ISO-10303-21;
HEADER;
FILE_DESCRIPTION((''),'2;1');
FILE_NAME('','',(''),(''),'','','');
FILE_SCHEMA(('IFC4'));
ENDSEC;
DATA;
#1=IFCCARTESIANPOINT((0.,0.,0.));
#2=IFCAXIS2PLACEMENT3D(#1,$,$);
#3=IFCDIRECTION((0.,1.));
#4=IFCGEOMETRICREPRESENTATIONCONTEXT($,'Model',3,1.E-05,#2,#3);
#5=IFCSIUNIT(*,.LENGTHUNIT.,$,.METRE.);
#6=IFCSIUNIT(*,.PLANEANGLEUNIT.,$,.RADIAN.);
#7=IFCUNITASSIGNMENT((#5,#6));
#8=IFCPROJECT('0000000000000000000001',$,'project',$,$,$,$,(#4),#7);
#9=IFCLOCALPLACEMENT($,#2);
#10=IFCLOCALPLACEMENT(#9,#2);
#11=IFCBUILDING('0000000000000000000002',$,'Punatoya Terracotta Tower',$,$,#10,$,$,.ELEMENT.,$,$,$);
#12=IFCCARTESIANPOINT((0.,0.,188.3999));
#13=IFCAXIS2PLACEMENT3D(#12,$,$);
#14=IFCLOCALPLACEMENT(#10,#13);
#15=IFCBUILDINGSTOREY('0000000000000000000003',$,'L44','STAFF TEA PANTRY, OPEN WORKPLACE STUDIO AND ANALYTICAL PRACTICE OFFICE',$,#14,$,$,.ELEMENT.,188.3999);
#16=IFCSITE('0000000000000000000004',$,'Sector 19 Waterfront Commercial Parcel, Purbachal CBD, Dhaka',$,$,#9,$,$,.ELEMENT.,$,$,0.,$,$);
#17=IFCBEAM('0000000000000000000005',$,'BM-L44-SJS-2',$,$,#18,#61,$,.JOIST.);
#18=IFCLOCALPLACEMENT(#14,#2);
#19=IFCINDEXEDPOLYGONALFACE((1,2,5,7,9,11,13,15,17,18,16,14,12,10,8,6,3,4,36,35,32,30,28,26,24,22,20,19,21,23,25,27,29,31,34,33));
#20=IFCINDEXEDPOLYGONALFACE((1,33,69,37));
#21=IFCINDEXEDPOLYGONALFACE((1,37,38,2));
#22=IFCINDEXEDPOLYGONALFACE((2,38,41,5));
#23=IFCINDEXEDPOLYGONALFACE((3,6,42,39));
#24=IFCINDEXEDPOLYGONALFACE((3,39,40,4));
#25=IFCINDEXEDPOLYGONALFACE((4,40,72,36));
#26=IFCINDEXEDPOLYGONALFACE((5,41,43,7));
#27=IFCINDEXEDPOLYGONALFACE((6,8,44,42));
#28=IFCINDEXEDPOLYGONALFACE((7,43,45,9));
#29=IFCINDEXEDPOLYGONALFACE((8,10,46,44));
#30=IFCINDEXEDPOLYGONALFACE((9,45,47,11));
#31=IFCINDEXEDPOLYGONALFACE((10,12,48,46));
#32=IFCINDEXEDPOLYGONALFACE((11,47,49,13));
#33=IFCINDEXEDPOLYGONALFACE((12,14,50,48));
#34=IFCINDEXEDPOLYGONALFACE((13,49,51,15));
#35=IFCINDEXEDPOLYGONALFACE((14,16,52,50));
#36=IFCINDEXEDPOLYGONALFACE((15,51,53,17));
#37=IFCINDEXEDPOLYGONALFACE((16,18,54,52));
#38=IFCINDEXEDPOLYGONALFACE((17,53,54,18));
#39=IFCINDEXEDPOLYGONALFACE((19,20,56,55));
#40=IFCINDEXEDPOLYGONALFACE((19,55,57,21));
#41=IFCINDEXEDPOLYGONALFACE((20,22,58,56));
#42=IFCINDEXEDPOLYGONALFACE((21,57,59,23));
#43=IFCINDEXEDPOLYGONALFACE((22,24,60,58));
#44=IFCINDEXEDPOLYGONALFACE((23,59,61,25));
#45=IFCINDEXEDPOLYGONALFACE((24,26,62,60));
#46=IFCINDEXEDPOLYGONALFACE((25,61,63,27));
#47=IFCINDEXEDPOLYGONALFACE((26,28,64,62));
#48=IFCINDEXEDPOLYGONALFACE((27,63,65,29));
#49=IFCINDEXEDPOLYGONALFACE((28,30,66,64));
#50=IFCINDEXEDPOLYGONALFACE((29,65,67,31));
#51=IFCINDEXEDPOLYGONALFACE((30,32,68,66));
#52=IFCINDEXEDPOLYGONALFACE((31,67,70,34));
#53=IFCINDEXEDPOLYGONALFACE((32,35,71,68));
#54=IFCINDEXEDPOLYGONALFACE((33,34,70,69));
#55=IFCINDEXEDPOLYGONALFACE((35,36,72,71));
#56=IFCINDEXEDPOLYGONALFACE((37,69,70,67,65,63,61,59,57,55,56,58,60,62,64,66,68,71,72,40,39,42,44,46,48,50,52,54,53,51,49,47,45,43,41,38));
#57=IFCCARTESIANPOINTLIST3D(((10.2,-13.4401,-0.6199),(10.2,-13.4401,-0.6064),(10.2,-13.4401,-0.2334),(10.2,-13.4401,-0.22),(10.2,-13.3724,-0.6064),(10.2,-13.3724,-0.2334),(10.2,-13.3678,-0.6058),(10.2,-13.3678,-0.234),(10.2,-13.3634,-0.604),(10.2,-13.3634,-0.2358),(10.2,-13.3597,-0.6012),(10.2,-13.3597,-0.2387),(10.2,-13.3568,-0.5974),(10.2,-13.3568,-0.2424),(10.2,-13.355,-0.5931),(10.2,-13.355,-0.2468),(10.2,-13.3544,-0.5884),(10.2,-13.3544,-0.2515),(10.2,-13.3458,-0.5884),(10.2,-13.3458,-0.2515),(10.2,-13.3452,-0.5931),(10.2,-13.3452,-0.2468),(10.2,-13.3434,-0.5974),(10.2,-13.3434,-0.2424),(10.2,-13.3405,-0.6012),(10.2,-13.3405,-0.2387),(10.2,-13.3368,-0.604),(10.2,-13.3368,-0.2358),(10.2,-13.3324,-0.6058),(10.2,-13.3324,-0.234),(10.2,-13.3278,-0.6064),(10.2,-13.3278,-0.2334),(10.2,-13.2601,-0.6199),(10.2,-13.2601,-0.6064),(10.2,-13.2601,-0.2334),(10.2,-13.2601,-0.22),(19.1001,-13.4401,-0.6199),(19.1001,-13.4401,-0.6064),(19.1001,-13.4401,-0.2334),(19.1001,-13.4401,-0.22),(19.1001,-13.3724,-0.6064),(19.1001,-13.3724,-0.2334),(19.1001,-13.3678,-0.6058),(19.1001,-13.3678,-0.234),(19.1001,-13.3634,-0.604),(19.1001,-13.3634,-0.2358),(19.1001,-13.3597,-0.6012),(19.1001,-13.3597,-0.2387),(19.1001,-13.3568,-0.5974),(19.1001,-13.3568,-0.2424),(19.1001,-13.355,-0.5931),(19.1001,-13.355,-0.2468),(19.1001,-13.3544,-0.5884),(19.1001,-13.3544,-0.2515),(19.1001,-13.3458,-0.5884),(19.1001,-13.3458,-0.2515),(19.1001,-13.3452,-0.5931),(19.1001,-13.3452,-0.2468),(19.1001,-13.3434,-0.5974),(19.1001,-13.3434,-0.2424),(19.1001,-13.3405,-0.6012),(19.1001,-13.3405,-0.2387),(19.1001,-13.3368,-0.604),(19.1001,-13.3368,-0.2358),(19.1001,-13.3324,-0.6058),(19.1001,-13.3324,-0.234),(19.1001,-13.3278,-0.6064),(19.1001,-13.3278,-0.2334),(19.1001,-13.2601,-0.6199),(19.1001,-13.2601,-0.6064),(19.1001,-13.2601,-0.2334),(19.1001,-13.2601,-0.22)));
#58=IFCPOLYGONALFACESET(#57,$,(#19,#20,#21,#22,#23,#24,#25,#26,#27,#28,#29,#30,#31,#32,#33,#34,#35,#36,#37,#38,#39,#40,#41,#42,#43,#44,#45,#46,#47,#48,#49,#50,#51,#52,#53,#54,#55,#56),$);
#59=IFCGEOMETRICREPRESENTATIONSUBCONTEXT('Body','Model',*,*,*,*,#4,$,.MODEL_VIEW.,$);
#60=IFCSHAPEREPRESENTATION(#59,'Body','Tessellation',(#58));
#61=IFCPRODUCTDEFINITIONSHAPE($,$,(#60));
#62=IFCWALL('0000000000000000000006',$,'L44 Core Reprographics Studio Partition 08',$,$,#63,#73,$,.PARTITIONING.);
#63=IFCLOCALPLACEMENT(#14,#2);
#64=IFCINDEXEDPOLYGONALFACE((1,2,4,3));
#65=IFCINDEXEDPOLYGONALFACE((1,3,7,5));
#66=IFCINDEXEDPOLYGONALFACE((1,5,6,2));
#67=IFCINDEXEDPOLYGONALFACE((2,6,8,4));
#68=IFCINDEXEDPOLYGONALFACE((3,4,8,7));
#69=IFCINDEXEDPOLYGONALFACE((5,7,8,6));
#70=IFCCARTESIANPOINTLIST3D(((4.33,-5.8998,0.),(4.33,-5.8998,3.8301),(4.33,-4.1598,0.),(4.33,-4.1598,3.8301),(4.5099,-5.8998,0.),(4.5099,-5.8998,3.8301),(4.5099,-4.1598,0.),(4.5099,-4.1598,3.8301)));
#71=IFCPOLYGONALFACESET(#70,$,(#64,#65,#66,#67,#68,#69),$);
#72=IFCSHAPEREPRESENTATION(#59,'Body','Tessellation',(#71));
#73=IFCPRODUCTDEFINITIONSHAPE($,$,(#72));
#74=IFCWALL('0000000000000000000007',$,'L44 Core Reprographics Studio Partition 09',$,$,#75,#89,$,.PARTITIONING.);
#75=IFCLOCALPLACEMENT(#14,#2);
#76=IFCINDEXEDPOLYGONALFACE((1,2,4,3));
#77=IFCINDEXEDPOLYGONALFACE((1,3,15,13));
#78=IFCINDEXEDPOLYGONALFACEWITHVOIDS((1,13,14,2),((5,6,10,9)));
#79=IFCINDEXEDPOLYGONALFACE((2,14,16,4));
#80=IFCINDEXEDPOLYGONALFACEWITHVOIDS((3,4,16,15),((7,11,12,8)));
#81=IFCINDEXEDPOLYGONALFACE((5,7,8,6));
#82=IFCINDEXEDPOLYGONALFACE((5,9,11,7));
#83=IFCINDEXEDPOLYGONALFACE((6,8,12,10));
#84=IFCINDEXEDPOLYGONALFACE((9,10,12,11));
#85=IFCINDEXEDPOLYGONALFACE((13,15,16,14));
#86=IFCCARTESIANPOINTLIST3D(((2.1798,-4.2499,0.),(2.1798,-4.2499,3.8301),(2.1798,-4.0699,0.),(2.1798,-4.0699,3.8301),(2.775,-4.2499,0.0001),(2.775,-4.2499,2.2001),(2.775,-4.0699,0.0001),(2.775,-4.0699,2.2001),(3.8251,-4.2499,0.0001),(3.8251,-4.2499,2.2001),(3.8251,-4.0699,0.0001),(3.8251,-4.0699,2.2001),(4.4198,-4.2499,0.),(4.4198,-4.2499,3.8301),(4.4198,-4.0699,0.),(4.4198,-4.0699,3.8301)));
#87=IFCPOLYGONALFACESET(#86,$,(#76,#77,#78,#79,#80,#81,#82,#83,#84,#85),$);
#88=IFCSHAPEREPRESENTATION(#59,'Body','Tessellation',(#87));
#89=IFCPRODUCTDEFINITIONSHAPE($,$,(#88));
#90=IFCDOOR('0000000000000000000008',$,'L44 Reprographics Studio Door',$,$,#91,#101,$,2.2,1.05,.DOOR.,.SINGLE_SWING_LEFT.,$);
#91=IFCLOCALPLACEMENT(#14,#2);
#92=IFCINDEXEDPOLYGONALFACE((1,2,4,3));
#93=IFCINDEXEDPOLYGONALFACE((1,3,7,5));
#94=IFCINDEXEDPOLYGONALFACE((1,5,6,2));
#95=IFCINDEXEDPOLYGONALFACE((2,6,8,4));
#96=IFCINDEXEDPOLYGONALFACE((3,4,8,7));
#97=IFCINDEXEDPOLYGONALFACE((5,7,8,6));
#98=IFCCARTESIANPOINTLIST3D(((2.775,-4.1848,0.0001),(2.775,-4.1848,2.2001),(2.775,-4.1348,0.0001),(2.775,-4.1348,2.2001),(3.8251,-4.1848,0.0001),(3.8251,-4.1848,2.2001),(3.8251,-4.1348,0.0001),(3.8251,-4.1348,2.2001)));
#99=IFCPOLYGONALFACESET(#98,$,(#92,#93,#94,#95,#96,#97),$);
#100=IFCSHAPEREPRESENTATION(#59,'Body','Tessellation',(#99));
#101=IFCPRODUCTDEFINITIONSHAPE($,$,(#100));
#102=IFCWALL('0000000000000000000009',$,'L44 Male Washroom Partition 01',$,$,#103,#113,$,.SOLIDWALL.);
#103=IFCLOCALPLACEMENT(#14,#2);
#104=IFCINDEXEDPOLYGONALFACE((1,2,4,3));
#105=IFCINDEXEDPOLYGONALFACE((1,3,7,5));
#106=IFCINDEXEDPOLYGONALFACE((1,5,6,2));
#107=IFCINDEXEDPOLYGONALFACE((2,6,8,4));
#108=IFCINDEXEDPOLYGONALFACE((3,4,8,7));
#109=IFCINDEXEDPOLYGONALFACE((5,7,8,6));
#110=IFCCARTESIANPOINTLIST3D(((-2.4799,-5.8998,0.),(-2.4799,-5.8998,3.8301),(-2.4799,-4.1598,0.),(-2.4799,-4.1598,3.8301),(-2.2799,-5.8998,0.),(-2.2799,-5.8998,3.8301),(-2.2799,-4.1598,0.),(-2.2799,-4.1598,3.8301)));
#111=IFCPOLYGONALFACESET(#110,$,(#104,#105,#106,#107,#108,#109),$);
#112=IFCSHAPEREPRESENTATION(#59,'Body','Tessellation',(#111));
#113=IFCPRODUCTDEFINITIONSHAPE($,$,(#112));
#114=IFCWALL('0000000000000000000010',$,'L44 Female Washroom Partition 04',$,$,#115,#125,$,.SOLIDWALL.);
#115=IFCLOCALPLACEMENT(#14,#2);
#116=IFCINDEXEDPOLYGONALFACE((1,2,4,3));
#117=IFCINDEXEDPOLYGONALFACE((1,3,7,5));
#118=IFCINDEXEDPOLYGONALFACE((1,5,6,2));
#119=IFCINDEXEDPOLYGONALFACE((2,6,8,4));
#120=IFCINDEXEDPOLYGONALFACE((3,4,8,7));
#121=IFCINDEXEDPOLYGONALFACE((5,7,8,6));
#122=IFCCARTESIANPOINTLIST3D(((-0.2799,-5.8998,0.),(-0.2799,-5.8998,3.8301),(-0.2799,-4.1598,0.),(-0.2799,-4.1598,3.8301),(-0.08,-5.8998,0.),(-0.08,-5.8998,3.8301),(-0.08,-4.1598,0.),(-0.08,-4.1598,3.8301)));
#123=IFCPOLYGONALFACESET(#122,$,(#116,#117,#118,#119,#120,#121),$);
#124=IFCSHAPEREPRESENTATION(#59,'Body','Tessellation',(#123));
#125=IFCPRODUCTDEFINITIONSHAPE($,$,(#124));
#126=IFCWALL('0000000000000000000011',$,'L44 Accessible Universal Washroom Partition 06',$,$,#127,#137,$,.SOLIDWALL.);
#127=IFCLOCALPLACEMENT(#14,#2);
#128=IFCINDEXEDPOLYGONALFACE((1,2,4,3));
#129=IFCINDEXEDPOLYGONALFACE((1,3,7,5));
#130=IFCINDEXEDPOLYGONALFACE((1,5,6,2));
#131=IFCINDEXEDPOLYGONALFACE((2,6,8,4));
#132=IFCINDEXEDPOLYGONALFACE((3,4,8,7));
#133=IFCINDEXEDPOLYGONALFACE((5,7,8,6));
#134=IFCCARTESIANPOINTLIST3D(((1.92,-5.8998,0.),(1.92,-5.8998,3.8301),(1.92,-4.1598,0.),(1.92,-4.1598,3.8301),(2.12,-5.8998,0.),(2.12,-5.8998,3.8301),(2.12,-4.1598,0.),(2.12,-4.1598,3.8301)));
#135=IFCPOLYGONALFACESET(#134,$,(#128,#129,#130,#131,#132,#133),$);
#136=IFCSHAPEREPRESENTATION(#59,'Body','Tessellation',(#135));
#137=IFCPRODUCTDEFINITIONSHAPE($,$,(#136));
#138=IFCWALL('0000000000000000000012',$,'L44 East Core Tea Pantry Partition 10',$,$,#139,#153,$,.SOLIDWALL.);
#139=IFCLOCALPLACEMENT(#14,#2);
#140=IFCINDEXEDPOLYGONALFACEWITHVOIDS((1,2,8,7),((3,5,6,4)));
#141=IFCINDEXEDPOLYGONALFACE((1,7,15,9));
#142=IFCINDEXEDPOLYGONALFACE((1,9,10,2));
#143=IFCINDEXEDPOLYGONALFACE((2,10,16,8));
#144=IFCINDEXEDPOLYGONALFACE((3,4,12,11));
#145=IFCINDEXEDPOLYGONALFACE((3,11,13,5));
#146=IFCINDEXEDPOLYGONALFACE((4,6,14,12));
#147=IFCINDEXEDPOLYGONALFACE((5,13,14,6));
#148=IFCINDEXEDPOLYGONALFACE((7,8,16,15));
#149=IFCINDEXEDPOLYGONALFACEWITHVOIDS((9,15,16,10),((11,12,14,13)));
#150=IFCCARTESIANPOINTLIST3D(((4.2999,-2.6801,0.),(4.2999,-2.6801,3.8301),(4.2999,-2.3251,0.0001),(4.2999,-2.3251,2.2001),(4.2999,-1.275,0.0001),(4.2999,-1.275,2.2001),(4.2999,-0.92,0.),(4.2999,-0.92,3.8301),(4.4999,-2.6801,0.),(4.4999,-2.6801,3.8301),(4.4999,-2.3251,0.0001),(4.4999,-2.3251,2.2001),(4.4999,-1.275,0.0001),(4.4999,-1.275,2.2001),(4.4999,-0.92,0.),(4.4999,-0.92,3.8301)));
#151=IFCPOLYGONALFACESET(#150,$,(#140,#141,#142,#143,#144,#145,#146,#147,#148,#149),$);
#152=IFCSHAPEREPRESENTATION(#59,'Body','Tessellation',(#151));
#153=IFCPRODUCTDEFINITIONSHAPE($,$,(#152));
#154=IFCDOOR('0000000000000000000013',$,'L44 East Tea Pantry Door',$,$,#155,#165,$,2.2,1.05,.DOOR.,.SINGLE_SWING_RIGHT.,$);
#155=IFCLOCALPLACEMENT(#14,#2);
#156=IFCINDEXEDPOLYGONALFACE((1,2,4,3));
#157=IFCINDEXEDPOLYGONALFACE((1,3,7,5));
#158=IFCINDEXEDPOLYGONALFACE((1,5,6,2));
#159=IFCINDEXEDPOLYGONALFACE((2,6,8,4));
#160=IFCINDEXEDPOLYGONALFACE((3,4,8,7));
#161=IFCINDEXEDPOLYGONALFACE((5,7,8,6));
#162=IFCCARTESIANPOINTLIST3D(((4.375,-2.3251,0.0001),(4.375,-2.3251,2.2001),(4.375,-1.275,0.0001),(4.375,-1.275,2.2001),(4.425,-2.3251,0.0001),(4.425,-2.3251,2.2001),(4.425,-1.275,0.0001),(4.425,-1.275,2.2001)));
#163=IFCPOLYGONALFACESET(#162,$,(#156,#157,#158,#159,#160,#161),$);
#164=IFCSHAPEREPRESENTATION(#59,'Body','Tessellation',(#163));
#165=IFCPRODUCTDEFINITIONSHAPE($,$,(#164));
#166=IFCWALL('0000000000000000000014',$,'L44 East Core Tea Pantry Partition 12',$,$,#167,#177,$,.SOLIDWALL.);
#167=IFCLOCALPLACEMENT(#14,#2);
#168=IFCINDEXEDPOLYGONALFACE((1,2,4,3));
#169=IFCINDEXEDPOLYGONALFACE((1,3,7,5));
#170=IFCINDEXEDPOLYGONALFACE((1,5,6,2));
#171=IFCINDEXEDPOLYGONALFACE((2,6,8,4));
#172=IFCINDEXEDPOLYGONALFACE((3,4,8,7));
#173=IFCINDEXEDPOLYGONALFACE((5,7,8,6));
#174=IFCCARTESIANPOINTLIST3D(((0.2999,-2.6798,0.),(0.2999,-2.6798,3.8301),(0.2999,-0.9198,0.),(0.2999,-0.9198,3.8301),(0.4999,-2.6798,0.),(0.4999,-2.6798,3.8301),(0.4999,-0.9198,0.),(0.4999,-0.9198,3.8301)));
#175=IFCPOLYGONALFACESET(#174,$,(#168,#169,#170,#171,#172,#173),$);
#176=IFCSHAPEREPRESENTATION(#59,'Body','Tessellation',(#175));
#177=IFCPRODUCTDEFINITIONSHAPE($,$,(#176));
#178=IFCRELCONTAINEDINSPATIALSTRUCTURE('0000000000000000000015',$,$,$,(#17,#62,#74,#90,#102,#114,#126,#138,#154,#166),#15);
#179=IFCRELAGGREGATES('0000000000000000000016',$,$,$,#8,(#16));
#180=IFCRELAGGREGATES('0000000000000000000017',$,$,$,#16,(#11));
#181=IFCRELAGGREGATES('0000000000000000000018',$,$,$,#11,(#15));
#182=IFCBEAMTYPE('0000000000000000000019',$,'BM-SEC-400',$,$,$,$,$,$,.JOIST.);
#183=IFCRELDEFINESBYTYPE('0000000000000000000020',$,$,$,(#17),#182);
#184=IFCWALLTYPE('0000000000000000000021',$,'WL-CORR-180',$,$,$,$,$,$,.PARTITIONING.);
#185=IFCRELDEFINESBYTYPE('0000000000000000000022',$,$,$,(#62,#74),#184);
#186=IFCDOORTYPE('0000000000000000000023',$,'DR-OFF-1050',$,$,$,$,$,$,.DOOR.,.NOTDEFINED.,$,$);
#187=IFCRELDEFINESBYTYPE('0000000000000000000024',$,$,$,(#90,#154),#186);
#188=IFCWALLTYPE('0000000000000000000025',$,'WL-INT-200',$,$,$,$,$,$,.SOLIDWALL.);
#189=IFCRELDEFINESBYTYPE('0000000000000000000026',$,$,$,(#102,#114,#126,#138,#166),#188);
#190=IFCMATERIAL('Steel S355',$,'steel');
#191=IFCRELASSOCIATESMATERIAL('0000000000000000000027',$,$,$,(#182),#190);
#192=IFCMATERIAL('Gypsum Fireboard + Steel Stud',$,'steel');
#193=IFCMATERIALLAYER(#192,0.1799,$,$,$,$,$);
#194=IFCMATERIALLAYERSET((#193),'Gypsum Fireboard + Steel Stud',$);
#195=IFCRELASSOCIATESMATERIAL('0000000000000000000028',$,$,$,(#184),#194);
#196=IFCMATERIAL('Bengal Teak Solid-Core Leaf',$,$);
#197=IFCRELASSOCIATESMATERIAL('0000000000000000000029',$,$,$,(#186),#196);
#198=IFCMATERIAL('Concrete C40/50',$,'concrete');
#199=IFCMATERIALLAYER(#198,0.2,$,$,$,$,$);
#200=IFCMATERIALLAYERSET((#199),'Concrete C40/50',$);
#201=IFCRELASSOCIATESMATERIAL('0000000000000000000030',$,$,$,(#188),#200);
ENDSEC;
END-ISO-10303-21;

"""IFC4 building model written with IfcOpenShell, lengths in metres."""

from ifc_helpers import new_model, si_unit, direction, frame, frame_2d, origin, origin_2d, place, context, subcontext, project, spatial, rectangle, i_section, extrude, material, layer, layer_set, material_profile, profile_set, type_object, element, fill, save


model = new_model("IFC4")

# Units and contexts
model_context = context("Model", 3, precision=1e-05, world=origin(), true_north=direction((0.0, 1.0)))
body_context = subcontext(model_context, "Body", "Model", "MODEL_VIEW")
ifc_project = project(units=[si_unit("LENGTHUNIT", "METRE"), si_unit("PLANEANGLEUNIT", "RADIAN")], contexts=[model_context])

# Site, building, storey
site_placement = place(None, origin())
site = spatial("IfcSite", under=ifc_project, at=site_placement, Name="Sector 19 Waterfront Commercial Parcel, Purbachal CBD, Dhaka", CompositionType="ELEMENT", RefElevation=0.0)
building_placement = place(site_placement, origin())
building = spatial("IfcBuilding", under=site, at=building_placement, Name="Punatoya Terracotta Tower", CompositionType="ELEMENT")
storey_placement = place(building_placement, frame((0.0, 0.0, 188.3999)))
storey = spatial("IfcBuildingStorey", under=building, at=storey_placement, Name="L44", Description="STAFF TEA PANTRY, OPEN WORKPLACE STUDIO AND ANALYTICAL PRACTICE OFFICE", CompositionType="ELEMENT", Elevation=188.3999)

# Beam
ifc_material_1 = material(Name="Steel S355", Category="steel")
ifc_material_profile = material_profile(ifc_material_1, i_section(OverallWidth=0.1799, OverallDepth=0.3999, WebThickness=0.0085, FlangeThickness=0.0134, FilletRadius=0.0181, at=origin_2d()))
ifc_profile_set = profile_set([ifc_material_profile], Name="Steel S355")
beam_type = type_object("IfcBeamType", Name="BM-SEC-400", PredefinedType="JOIST", material=ifc_profile_set)
beam_placement = place(storey_placement, frame((10.2, -13.3501, -0.4199), z_axis=(1.0, 0.0, 0.0), x_axis=(0.0, 1.0, 0.0)))
element("IfcBeam", 1, at=beam_placement, inside=storey, type_object=beam_type, Name="BM-L44-SJS-2", PredefinedType="JOIST", context=body_context, shape_type="SweptSolid", body=[
    extrude(i_section(OverallWidth=0.1799, OverallDepth=0.3999, WebThickness=0.0085, FlangeThickness=0.0134, FilletRadius=0.0181, at=origin_2d()), origin(), (0.0, 0.0, 1.0), 8.9001),
])

# Wall
ifc_material_2 = material(Name="Gypsum Fireboard + Steel Stud", Category="steel")
ifc_layer_1 = layer(ifc_material_2, 0.1799)
ifc_layer_set_1 = layer_set([ifc_layer_1], Name="Gypsum Fireboard + Steel Stud")
wall_type_1 = type_object("IfcWallType", Name="WL-CORR-180", PredefinedType="PARTITIONING", material=ifc_layer_set_1)
wall_1_placement = place(storey_placement, frame((4.4199, -5.8999, 0.0), z_axis=(0.0, 0.0, 1.0), x_axis=(0.0, 1.0, 0.0)))
element("IfcWall", 2, at=wall_1_placement, inside=storey, type_object=wall_type_1, Name="L44 Core Reprographics Studio Partition 08", PredefinedType="PARTITIONING", context=body_context, shape_type="SweptSolid", body=[
    extrude(rectangle(XDim=1.74, YDim=0.1799, at=frame_2d((0.8701, 0.0))), origin(), (0.0, 0.0, 1.0), 3.8301),
])

# Wall, opening, door
wall_2_placement = place(storey_placement, frame((4.4199, -4.1599, 0.0), z_axis=(0.0, 0.0, 1.0), x_axis=(-1.0, 0.0, 0.0)))
wall_2 = element("IfcWall", 3, at=wall_2_placement, inside=storey, type_object=wall_type_1, Name="L44 Core Reprographics Studio Partition 09", PredefinedType="PARTITIONING", context=body_context, shape_type="SweptSolid", body=[
    extrude(rectangle(XDim=2.24, YDim=0.1799, at=frame_2d((1.1201, 0.0))), origin(), (0.0, 0.0, 1.0), 3.8301),
])
opening_1_placement = place(wall_2_placement, frame((0.595, 0.0, 0.0)))
opening_1 = element("IfcOpeningElement", 4, at=opening_1_placement, cuts=wall_2, PredefinedType="OPENING", context=body_context, shape_type="SweptSolid", body=[
    extrude(rectangle(XDim=1.05, YDim=2.2, at=frame_2d((0.5249, 1.1001))), frame((0.0, 0.0999, 0.0), z_axis=(0.0, -1.0, 0.0), x_axis=(1.0, 0.0, 0.0)), (0.0, 0.0, 1.0), 0.2),
])
ifc_material_3 = material(Name="Bengal Teak Solid-Core Leaf")
door_type_1 = type_object("IfcDoorType", Name="DR-OFF-1050", OperationType="NOTDEFINED", PredefinedType="DOOR", material=ifc_material_3)
door_1_placement = place(opening_1_placement, origin())
door_1 = element("IfcDoor", 5, at=door_1_placement, inside=storey, type_object=door_type_1, Name="L44 Reprographics Studio Door", OperationType="SINGLE_SWING_LEFT", OverallHeight=2.2, OverallWidth=1.05, PredefinedType="DOOR", context=body_context, shape_type="SweptSolid", body=[
    extrude(rectangle(XDim=1.05, YDim=2.2, at=frame_2d((0.5249, 1.1001))), frame((0.0, 0.0249, 0.0), z_axis=(0.0, -1.0, 0.0), x_axis=(1.0, 0.0, 0.0)), (0.0, 0.0, 1.0), 0.05),
])
fill(opening_1, door_1)

# Wall
ifc_material_4 = material(Name="Concrete C40/50", Category="concrete")
ifc_layer_2 = layer(ifc_material_4, 0.2)
ifc_layer_set_2 = layer_set([ifc_layer_2], Name="Concrete C40/50")
wall_type_2 = type_object("IfcWallType", Name="WL-INT-200", PredefinedType="SOLIDWALL", material=ifc_layer_set_2)
wall_3_placement = place(storey_placement, frame((-2.3799, -5.8999, 0.0), z_axis=(0.0, 0.0, 1.0), x_axis=(0.0, 1.0, 0.0)))
element("IfcWall", 6, at=wall_3_placement, inside=storey, type_object=wall_type_2, Name="L44 Male Washroom Partition 01", PredefinedType="SOLIDWALL", context=body_context, shape_type="SweptSolid", body=[
    extrude(rectangle(XDim=1.74, YDim=0.2, at=frame_2d((0.8701, 0.0))), origin(), (0.0, 0.0, 1.0), 3.8301),
])

# Wall
wall_4_placement = place(storey_placement, frame((-0.1799, -5.8999, 0.0), z_axis=(0.0, 0.0, 1.0), x_axis=(0.0, 1.0, 0.0)))
element("IfcWall", 7, at=wall_4_placement, inside=storey, type_object=wall_type_2, Name="L44 Female Washroom Partition 04", PredefinedType="SOLIDWALL", context=body_context, shape_type="SweptSolid", body=[
    extrude(rectangle(XDim=1.74, YDim=0.2, at=frame_2d((0.8701, 0.0))), origin(), (0.0, 0.0, 1.0), 3.8301),
])

# Wall
wall_5_placement = place(storey_placement, frame((2.02, -5.8999, 0.0), z_axis=(0.0, 0.0, 1.0), x_axis=(0.0, 1.0, 0.0)))
element("IfcWall", 8, at=wall_5_placement, inside=storey, type_object=wall_type_2, Name="L44 Accessible Universal Washroom Partition 06", PredefinedType="SOLIDWALL", context=body_context, shape_type="SweptSolid", body=[
    extrude(rectangle(XDim=1.74, YDim=0.2, at=frame_2d((0.8701, 0.0))), origin(), (0.0, 0.0, 1.0), 3.8301),
])

# Wall, opening, door
wall_6_placement = place(storey_placement, frame((4.3999, -2.6799, 0.0), z_axis=(0.0, 0.0, 1.0), x_axis=(0.0, 1.0, 0.0)))
wall_6 = element("IfcWall", 9, at=wall_6_placement, inside=storey, type_object=wall_type_2, Name="L44 East Core Tea Pantry Partition 10", PredefinedType="SOLIDWALL", context=body_context, shape_type="SweptSolid", body=[
    extrude(rectangle(XDim=1.76, YDim=0.2, at=frame_2d((0.8799, 0.0))), origin(), (0.0, 0.0, 1.0), 3.8301),
])
opening_2_placement = place(wall_6_placement, frame((0.355, 0.0, 0.0)))
opening_2 = element("IfcOpeningElement", 10, at=opening_2_placement, cuts=wall_6, PredefinedType="OPENING", context=body_context, shape_type="SweptSolid", body=[
    extrude(rectangle(XDim=1.05, YDim=2.2, at=frame_2d((0.5249, 1.1001))), frame((0.0, 0.1099, 0.0), z_axis=(0.0, -1.0, 0.0), x_axis=(1.0, 0.0, 0.0)), (0.0, 0.0, 1.0), 0.22),
])
door_2_placement = place(opening_2_placement, origin())
door_2 = element("IfcDoor", 11, at=door_2_placement, inside=storey, type_object=door_type_1, Name="L44 East Tea Pantry Door", OperationType="SINGLE_SWING_RIGHT", OverallHeight=2.2, OverallWidth=1.05, PredefinedType="DOOR", context=body_context, shape_type="SweptSolid", body=[
    extrude(rectangle(XDim=1.05, YDim=2.2, at=frame_2d((0.5249, 1.1001))), frame((0.0, 0.0249, 0.0), z_axis=(0.0, -1.0, 0.0), x_axis=(1.0, 0.0, 0.0)), (0.0, 0.0, 1.0), 0.05),
])
fill(opening_2, door_2)

# Wall
wall_7_placement = place(storey_placement, frame((0.3999, -0.9199, 0.0), z_axis=(0.0, 0.0, 1.0), x_axis=(0.0, -1.0, 0.0)))
element("IfcWall", 12, at=wall_7_placement, inside=storey, type_object=wall_type_2, Name="L44 East Core Tea Pantry Partition 12", PredefinedType="SOLIDWALL", context=body_context, shape_type="SweptSolid", body=[
    extrude(rectangle(XDim=1.76, YDim=0.2, at=frame_2d((0.8799, 0.0))), origin(), (0.0, 0.0, 1.0), 3.8301),
])

save(model, "model.ifc")
